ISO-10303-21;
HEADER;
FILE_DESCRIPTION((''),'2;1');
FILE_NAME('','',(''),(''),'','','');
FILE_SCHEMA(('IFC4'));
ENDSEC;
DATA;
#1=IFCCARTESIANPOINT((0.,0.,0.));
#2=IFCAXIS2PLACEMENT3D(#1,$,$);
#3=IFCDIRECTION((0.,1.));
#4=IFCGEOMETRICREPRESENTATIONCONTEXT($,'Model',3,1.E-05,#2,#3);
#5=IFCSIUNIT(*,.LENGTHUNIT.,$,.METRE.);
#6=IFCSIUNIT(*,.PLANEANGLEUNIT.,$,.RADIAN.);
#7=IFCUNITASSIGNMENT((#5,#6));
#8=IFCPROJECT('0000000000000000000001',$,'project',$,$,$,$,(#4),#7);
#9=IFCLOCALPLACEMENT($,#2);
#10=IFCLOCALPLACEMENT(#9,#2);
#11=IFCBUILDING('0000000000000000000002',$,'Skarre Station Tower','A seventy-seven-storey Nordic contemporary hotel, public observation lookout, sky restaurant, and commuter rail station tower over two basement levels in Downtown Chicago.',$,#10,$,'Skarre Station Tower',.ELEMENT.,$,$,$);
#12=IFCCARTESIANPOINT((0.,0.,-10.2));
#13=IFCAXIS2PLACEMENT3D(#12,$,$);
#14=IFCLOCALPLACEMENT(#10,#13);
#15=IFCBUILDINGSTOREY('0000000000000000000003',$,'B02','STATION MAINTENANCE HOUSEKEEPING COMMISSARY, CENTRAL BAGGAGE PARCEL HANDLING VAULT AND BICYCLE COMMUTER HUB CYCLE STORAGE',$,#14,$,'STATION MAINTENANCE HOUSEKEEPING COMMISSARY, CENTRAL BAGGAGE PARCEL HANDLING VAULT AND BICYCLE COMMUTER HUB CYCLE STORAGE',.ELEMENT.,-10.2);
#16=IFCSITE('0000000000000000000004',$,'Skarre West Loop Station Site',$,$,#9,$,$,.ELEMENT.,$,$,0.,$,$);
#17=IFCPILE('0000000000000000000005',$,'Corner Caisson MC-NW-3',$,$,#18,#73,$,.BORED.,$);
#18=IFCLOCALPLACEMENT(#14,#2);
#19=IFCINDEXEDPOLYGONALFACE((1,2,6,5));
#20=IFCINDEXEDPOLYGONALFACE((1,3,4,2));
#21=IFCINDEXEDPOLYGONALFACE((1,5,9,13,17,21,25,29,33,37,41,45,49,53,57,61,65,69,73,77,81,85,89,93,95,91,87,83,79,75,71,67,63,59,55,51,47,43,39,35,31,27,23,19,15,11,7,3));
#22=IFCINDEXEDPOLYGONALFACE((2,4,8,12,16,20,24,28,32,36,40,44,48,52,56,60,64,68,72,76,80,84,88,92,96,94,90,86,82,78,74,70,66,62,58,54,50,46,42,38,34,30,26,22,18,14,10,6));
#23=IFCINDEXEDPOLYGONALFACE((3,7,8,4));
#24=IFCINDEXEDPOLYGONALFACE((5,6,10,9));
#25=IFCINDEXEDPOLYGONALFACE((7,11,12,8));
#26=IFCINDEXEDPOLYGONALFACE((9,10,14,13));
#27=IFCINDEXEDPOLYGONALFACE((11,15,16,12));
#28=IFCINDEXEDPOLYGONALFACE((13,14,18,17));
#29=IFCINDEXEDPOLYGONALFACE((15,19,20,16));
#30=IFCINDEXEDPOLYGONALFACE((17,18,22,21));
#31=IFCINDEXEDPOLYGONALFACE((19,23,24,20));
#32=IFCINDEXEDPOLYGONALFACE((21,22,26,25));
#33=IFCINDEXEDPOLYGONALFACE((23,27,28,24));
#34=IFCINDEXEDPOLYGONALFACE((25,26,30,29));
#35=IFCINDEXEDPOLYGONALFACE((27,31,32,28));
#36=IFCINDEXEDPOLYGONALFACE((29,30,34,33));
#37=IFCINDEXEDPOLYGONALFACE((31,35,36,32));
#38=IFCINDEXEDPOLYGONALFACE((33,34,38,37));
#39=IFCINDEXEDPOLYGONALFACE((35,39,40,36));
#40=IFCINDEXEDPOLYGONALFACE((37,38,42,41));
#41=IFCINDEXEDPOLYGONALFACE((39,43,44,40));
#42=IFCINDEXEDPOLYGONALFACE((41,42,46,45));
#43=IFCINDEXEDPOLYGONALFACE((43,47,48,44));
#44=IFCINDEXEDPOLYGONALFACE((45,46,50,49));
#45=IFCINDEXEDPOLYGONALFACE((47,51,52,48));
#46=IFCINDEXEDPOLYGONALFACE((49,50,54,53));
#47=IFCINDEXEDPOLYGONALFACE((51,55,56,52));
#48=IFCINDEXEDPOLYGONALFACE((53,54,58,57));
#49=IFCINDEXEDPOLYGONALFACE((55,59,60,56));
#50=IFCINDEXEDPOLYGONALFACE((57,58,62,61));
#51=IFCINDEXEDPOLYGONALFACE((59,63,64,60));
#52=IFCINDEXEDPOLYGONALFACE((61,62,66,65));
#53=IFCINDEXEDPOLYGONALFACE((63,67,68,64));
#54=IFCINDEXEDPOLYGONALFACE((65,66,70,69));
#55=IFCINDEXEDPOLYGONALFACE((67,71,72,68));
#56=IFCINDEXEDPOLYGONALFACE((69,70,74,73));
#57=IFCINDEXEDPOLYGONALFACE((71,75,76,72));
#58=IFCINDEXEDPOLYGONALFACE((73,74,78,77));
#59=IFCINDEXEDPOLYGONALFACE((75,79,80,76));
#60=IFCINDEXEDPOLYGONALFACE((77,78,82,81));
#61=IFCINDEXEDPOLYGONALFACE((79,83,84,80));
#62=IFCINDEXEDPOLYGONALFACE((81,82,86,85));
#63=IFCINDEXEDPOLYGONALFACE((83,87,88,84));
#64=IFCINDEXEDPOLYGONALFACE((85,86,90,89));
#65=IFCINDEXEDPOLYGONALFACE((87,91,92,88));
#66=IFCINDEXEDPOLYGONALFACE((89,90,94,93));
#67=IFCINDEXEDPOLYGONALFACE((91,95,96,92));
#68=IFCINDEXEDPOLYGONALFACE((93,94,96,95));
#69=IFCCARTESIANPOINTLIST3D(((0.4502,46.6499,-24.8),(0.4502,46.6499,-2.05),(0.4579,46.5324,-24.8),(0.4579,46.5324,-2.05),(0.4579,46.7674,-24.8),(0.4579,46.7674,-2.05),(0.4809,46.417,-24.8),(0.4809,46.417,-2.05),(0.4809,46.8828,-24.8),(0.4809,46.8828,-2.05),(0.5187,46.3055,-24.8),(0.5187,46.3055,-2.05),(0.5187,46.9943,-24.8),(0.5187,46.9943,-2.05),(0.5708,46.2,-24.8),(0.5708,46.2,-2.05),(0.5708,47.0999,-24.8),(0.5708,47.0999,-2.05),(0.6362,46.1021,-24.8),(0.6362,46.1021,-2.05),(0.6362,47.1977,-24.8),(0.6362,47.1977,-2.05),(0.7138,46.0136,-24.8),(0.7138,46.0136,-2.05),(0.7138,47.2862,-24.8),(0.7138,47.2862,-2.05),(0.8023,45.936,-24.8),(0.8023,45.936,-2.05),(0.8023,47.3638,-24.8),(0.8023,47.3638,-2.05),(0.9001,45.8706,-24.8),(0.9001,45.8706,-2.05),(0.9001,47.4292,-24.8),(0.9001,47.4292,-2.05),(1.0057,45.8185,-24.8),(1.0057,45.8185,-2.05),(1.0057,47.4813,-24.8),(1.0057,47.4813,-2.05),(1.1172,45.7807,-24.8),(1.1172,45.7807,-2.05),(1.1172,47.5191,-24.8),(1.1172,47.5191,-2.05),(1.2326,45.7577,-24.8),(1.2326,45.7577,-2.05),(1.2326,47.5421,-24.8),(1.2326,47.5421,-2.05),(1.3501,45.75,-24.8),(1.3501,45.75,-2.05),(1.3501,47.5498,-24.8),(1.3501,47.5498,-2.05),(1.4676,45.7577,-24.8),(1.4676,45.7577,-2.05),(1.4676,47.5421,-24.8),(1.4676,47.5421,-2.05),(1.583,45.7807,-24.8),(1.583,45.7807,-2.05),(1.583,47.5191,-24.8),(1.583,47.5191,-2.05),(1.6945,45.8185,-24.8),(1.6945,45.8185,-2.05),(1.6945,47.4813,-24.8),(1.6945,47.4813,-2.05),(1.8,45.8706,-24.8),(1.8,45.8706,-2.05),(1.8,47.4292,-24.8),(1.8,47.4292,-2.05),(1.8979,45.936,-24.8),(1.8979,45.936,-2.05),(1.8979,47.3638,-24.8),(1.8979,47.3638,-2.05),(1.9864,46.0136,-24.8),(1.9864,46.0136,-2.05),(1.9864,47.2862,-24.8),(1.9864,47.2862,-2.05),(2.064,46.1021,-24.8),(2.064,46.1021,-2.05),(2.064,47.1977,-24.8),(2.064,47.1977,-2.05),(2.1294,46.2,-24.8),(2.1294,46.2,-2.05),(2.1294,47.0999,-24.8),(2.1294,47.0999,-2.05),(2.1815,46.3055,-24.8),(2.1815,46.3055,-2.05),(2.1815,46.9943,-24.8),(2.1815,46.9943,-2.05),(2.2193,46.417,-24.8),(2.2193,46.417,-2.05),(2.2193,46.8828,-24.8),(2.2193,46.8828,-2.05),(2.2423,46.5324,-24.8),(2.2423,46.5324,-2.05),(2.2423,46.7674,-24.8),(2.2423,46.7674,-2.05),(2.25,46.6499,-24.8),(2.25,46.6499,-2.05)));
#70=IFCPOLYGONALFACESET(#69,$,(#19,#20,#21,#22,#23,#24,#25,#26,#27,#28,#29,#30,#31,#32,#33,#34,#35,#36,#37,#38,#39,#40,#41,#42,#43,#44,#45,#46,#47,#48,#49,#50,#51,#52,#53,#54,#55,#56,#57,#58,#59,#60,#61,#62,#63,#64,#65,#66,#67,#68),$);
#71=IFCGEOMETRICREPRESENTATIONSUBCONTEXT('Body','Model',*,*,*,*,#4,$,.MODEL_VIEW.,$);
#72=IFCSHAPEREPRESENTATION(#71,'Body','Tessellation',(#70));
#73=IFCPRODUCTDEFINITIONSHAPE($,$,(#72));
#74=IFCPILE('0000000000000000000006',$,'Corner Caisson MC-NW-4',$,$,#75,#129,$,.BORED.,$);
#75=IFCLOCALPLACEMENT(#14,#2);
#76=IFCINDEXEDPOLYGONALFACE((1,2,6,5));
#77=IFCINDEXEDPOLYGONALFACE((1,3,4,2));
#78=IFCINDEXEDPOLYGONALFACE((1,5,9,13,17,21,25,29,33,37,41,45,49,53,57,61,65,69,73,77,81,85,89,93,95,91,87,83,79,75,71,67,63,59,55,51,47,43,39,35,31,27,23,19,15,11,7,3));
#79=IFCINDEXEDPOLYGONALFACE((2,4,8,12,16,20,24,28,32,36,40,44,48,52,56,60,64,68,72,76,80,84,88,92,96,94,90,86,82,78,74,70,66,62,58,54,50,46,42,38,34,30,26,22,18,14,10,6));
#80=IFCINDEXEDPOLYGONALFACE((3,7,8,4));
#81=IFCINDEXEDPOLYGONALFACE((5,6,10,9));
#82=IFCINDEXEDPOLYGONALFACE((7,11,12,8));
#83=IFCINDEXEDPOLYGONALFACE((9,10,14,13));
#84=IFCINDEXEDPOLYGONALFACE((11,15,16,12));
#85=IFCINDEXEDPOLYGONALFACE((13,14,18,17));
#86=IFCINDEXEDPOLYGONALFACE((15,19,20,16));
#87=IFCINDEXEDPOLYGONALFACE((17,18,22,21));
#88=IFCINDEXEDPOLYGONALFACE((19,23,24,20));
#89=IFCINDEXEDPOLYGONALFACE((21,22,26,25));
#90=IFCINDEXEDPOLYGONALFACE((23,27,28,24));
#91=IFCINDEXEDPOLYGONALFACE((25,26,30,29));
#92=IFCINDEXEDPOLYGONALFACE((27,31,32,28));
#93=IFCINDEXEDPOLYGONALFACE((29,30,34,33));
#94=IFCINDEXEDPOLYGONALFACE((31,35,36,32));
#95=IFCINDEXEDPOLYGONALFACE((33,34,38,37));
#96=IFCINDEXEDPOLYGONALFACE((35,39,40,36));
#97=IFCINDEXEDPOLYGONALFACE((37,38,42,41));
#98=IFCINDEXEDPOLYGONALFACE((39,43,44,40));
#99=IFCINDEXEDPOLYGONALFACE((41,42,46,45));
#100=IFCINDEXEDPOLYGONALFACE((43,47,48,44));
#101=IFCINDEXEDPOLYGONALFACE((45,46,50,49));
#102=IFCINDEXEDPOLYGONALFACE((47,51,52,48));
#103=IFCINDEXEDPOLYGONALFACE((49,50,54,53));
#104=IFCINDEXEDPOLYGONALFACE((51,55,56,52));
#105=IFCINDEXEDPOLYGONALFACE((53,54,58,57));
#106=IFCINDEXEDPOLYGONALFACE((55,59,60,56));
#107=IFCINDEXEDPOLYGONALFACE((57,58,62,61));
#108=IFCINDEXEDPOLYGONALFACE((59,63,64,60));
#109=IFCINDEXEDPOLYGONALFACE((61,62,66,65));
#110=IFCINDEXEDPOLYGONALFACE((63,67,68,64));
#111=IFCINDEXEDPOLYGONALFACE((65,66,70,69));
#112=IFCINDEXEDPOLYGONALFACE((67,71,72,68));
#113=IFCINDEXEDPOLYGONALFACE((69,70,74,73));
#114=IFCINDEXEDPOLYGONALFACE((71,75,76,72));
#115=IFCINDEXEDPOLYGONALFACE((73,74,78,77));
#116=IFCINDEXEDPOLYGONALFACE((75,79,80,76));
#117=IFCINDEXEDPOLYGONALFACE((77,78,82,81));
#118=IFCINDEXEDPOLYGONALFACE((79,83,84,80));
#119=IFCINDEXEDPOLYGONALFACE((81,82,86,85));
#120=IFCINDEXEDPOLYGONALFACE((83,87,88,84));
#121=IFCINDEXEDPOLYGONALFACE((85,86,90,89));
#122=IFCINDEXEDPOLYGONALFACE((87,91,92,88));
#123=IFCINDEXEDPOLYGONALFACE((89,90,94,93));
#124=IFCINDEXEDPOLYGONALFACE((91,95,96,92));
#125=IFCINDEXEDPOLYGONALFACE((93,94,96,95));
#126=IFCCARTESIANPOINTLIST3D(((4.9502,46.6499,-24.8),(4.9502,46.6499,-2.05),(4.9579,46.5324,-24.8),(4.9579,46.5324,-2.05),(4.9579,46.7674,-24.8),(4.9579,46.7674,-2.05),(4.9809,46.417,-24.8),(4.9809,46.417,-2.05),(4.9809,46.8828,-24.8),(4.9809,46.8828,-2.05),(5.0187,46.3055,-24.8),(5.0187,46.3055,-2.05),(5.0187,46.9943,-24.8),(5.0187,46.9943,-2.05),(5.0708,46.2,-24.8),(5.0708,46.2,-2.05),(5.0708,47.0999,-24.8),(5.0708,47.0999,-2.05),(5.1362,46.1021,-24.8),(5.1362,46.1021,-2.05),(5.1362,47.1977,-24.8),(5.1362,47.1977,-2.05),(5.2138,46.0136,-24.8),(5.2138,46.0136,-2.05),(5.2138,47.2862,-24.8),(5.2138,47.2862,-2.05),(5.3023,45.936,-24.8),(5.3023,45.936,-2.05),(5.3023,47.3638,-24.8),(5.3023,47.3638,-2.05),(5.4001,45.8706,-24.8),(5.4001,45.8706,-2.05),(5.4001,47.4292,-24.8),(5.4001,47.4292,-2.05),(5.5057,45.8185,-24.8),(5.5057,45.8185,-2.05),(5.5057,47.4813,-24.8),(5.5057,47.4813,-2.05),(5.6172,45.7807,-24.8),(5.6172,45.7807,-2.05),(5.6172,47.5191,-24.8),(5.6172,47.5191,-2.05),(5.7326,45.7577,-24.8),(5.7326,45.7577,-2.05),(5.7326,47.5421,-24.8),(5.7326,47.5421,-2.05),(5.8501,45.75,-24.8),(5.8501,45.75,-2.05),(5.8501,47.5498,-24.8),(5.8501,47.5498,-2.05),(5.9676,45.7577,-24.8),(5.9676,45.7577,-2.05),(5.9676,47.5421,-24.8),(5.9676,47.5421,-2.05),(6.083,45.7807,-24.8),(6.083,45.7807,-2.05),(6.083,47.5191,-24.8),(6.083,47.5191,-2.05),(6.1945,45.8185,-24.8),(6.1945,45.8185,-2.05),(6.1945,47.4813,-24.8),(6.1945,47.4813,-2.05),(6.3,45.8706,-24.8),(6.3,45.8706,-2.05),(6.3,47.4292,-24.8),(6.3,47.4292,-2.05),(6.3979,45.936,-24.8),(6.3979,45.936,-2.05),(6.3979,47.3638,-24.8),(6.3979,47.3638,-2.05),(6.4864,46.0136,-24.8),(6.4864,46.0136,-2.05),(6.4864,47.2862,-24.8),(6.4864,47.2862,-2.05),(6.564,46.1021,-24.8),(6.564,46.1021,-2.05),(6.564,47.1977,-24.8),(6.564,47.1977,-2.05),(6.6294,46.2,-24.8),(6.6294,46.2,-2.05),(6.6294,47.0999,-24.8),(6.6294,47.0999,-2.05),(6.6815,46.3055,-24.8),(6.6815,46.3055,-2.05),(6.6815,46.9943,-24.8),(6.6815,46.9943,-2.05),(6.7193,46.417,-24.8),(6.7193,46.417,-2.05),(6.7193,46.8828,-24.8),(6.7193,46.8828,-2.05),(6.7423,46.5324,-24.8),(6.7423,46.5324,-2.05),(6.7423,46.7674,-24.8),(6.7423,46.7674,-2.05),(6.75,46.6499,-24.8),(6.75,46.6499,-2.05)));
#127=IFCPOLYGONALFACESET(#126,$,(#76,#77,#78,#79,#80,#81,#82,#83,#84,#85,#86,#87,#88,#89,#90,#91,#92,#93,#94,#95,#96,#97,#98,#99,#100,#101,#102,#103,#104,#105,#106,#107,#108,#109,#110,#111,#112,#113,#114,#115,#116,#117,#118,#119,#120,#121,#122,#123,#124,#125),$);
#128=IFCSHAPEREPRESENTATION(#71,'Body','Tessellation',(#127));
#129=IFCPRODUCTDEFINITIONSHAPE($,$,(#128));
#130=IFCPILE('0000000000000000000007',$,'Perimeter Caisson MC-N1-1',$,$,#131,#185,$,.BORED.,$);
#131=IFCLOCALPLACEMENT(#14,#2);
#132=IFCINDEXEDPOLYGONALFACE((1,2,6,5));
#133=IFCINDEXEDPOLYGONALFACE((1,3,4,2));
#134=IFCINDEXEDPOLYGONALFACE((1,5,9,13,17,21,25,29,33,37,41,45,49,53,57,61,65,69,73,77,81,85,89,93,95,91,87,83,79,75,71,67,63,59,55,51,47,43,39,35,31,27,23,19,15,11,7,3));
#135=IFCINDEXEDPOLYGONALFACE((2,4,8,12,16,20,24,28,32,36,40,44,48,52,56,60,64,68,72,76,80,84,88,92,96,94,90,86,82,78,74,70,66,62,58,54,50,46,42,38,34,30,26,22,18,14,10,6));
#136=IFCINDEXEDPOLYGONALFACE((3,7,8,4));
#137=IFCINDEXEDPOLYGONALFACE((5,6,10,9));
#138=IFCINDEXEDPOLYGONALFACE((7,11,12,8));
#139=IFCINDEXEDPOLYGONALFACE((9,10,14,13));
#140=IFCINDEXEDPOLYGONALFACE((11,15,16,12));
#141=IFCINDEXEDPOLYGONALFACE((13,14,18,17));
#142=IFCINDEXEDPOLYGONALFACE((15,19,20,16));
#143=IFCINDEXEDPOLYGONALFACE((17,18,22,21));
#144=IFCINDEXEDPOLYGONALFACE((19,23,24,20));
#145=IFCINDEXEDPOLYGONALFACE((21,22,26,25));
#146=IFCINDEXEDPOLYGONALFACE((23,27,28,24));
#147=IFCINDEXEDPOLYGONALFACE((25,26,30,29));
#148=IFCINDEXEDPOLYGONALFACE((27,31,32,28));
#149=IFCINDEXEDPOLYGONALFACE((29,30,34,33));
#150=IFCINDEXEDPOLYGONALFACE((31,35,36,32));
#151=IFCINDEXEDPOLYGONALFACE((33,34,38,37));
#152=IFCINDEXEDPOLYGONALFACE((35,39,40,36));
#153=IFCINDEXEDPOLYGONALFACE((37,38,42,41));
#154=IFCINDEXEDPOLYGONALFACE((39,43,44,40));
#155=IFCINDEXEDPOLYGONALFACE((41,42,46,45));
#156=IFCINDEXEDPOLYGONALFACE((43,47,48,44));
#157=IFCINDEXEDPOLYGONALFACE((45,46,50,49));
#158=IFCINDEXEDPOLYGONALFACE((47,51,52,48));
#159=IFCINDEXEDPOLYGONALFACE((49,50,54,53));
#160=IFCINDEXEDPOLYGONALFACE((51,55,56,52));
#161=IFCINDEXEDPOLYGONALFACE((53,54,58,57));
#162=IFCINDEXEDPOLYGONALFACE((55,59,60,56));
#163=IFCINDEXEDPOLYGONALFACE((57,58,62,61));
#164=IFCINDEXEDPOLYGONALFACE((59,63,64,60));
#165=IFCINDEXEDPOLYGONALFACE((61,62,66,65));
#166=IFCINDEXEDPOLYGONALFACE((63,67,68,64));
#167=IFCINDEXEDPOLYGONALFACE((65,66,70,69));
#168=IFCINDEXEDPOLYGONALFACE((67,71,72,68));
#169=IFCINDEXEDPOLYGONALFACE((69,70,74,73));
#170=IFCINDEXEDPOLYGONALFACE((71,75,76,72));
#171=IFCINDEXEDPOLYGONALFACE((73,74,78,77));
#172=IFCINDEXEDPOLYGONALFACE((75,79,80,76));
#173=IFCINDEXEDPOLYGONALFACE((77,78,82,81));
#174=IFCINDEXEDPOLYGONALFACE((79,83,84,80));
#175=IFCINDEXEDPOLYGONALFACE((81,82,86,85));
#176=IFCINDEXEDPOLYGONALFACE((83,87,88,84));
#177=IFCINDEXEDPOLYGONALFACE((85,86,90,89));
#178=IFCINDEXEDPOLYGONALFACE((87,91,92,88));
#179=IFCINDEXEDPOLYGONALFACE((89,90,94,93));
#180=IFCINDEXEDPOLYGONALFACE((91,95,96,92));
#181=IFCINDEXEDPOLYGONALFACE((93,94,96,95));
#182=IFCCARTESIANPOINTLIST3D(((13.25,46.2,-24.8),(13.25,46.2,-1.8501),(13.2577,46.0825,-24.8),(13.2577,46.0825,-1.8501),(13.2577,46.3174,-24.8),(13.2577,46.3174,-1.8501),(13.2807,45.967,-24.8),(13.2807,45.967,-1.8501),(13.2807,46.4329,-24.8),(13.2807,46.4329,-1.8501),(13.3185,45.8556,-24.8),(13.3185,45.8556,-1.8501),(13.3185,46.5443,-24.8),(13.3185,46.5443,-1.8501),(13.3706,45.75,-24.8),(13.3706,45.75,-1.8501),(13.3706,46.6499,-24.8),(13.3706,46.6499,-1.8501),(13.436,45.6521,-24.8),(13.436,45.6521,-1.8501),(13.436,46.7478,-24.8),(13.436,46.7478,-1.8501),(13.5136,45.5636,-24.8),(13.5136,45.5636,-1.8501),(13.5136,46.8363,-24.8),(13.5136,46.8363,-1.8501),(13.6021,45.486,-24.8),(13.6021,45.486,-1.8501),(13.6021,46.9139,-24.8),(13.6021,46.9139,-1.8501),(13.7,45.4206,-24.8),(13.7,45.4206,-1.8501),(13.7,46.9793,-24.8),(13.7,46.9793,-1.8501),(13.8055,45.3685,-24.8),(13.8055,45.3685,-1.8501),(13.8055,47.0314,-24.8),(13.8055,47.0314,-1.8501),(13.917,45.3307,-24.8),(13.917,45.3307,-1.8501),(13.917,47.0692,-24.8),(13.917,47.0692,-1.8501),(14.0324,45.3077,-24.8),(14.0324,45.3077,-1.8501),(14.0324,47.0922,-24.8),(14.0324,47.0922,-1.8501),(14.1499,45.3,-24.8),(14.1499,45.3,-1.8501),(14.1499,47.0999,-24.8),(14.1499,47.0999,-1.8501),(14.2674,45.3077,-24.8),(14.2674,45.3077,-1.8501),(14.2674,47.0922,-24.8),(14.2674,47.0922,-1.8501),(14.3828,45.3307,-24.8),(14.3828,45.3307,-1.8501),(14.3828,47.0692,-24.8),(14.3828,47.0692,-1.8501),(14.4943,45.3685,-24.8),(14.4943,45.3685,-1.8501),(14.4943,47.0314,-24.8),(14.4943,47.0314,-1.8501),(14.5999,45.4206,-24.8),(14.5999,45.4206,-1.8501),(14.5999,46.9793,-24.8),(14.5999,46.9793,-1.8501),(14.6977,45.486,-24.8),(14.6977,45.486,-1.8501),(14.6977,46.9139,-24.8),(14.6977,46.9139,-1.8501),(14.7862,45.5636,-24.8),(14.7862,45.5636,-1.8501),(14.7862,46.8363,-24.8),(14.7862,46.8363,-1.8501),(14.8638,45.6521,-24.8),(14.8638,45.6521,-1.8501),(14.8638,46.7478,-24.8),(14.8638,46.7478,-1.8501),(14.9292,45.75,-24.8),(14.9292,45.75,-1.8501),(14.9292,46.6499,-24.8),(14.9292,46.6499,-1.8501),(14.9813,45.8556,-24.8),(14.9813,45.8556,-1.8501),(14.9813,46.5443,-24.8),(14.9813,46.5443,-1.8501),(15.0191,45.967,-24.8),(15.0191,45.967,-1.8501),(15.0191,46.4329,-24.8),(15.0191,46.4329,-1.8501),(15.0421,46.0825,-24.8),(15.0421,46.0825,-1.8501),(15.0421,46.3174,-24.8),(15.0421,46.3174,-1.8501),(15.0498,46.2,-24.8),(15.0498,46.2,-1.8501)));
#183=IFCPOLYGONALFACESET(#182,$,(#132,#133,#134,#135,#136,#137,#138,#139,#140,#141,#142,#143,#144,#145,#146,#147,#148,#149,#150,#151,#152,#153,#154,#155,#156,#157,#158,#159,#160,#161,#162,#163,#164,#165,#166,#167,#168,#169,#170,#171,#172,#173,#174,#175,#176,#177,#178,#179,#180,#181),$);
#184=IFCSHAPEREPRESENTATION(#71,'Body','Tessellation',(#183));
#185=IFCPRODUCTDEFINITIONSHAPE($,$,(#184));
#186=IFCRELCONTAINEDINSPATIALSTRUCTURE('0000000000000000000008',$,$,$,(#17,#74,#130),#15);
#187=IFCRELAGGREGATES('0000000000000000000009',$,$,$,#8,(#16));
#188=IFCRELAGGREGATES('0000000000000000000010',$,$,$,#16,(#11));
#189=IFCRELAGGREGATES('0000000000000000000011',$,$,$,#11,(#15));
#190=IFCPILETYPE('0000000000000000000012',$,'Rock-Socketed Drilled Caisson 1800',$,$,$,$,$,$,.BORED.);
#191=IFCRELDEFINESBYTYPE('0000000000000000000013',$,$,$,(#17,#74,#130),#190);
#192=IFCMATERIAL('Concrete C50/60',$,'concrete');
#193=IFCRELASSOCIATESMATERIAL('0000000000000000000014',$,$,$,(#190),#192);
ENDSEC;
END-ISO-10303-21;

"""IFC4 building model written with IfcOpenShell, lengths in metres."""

from ifc_helpers import new_model, si_unit, direction, frame, origin, origin_2d, place, context, subcontext, project, spatial, circle, extrude, material, material_profile, profile_set, type_object, element, save


model = new_model("IFC4")

# Units and contexts
model_context = context("Model", 3, precision=1e-05, world=origin(), true_north=direction((0.0, 1.0)))
body_context = subcontext(model_context, "Body", "Model", "MODEL_VIEW")
ifc_project = project(units=[si_unit("LENGTHUNIT", "METRE"), si_unit("PLANEANGLEUNIT", "RADIAN")], contexts=[model_context])

# Site, building, storey
site_placement = place(None, origin())
site = spatial("IfcSite", under=ifc_project, at=site_placement, Name="Skarre West Loop Station Site", CompositionType="ELEMENT", RefElevation=0.0)
building_placement = place(site_placement, origin())
building = spatial("IfcBuilding", under=site, at=building_placement, Name="Skarre Station Tower", Description="A seventy-seven-storey Nordic contemporary hotel, public observation lookout, sky restaurant, and commuter rail station tower over two basement levels in Downtown Chicago.", LongName="Skarre Station Tower", CompositionType="ELEMENT")
storey_placement = place(building_placement, frame((0.0, 0.0, -10.2)))
storey = spatial("IfcBuildingStorey", under=building, at=storey_placement, Name="B02", Description="STATION MAINTENANCE HOUSEKEEPING COMMISSARY, CENTRAL BAGGAGE PARCEL HANDLING VAULT AND BICYCLE COMMUTER HUB CYCLE STORAGE", LongName="STATION MAINTENANCE HOUSEKEEPING COMMISSARY, CENTRAL BAGGAGE PARCEL HANDLING VAULT AND BICYCLE COMMUTER HUB CYCLE STORAGE", CompositionType="ELEMENT", Elevation=-10.2)

# Shared definitions
ifc_material_1 = material(Name="Concrete C50/60", Category="concrete")

# Piles
ifc_material_profile_1 = material_profile(ifc_material_1, circle(Radius=0.8999, at=origin_2d()), Name="Concrete C50/60")
ifc_profile_set_1 = profile_set([ifc_material_profile_1], Name="Concrete C50/60")
pile_type = type_object("IfcPileType", Name="Rock-Socketed Drilled Caisson 1800", PredefinedType="BORED", material=ifc_profile_set_1)
for number, where, z_axis, x_axis, name in (
    (1, (1.3501, 46.6499, -2.05), (0.0, 0.0, -1.0), (1.0, 0.0, 0.0), "Corner Caisson MC-NW-3"),
    (2, (5.8501, 46.6499, -2.05), (0.0, 0.0, -1.0), (1.0, 0.0, 0.0), "Corner Caisson MC-NW-4"),
):
    element("IfcPile", number, at=place(storey_placement, frame(where, z_axis=z_axis, x_axis=x_axis)), inside=storey, type_object=pile_type, Name=name, PredefinedType="BORED", context=body_context, shape_type="SweptSolid", body=[
        extrude(circle(Radius=0.8999, at=origin_2d()), origin(), (0.0, 0.0, 1.0), 22.75),
    ])
for number, where, z_axis, x_axis, name in (
    (3, (14.1499, 46.2, -1.8501), (0.0, 0.0, -1.0), (1.0, 0.0, 0.0), "Perimeter Caisson MC-N1-1"),
):
    element("IfcPile", number, at=place(storey_placement, frame(where, z_axis=z_axis, x_axis=x_axis)), inside=storey, type_object=pile_type, Name=name, PredefinedType="BORED", context=body_context, shape_type="SweptSolid", body=[
        extrude(circle(Radius=0.8999, at=origin_2d()), origin(), (0.0, 0.0, 1.0), 22.95),
    ])

save(model, "model.ifc")
